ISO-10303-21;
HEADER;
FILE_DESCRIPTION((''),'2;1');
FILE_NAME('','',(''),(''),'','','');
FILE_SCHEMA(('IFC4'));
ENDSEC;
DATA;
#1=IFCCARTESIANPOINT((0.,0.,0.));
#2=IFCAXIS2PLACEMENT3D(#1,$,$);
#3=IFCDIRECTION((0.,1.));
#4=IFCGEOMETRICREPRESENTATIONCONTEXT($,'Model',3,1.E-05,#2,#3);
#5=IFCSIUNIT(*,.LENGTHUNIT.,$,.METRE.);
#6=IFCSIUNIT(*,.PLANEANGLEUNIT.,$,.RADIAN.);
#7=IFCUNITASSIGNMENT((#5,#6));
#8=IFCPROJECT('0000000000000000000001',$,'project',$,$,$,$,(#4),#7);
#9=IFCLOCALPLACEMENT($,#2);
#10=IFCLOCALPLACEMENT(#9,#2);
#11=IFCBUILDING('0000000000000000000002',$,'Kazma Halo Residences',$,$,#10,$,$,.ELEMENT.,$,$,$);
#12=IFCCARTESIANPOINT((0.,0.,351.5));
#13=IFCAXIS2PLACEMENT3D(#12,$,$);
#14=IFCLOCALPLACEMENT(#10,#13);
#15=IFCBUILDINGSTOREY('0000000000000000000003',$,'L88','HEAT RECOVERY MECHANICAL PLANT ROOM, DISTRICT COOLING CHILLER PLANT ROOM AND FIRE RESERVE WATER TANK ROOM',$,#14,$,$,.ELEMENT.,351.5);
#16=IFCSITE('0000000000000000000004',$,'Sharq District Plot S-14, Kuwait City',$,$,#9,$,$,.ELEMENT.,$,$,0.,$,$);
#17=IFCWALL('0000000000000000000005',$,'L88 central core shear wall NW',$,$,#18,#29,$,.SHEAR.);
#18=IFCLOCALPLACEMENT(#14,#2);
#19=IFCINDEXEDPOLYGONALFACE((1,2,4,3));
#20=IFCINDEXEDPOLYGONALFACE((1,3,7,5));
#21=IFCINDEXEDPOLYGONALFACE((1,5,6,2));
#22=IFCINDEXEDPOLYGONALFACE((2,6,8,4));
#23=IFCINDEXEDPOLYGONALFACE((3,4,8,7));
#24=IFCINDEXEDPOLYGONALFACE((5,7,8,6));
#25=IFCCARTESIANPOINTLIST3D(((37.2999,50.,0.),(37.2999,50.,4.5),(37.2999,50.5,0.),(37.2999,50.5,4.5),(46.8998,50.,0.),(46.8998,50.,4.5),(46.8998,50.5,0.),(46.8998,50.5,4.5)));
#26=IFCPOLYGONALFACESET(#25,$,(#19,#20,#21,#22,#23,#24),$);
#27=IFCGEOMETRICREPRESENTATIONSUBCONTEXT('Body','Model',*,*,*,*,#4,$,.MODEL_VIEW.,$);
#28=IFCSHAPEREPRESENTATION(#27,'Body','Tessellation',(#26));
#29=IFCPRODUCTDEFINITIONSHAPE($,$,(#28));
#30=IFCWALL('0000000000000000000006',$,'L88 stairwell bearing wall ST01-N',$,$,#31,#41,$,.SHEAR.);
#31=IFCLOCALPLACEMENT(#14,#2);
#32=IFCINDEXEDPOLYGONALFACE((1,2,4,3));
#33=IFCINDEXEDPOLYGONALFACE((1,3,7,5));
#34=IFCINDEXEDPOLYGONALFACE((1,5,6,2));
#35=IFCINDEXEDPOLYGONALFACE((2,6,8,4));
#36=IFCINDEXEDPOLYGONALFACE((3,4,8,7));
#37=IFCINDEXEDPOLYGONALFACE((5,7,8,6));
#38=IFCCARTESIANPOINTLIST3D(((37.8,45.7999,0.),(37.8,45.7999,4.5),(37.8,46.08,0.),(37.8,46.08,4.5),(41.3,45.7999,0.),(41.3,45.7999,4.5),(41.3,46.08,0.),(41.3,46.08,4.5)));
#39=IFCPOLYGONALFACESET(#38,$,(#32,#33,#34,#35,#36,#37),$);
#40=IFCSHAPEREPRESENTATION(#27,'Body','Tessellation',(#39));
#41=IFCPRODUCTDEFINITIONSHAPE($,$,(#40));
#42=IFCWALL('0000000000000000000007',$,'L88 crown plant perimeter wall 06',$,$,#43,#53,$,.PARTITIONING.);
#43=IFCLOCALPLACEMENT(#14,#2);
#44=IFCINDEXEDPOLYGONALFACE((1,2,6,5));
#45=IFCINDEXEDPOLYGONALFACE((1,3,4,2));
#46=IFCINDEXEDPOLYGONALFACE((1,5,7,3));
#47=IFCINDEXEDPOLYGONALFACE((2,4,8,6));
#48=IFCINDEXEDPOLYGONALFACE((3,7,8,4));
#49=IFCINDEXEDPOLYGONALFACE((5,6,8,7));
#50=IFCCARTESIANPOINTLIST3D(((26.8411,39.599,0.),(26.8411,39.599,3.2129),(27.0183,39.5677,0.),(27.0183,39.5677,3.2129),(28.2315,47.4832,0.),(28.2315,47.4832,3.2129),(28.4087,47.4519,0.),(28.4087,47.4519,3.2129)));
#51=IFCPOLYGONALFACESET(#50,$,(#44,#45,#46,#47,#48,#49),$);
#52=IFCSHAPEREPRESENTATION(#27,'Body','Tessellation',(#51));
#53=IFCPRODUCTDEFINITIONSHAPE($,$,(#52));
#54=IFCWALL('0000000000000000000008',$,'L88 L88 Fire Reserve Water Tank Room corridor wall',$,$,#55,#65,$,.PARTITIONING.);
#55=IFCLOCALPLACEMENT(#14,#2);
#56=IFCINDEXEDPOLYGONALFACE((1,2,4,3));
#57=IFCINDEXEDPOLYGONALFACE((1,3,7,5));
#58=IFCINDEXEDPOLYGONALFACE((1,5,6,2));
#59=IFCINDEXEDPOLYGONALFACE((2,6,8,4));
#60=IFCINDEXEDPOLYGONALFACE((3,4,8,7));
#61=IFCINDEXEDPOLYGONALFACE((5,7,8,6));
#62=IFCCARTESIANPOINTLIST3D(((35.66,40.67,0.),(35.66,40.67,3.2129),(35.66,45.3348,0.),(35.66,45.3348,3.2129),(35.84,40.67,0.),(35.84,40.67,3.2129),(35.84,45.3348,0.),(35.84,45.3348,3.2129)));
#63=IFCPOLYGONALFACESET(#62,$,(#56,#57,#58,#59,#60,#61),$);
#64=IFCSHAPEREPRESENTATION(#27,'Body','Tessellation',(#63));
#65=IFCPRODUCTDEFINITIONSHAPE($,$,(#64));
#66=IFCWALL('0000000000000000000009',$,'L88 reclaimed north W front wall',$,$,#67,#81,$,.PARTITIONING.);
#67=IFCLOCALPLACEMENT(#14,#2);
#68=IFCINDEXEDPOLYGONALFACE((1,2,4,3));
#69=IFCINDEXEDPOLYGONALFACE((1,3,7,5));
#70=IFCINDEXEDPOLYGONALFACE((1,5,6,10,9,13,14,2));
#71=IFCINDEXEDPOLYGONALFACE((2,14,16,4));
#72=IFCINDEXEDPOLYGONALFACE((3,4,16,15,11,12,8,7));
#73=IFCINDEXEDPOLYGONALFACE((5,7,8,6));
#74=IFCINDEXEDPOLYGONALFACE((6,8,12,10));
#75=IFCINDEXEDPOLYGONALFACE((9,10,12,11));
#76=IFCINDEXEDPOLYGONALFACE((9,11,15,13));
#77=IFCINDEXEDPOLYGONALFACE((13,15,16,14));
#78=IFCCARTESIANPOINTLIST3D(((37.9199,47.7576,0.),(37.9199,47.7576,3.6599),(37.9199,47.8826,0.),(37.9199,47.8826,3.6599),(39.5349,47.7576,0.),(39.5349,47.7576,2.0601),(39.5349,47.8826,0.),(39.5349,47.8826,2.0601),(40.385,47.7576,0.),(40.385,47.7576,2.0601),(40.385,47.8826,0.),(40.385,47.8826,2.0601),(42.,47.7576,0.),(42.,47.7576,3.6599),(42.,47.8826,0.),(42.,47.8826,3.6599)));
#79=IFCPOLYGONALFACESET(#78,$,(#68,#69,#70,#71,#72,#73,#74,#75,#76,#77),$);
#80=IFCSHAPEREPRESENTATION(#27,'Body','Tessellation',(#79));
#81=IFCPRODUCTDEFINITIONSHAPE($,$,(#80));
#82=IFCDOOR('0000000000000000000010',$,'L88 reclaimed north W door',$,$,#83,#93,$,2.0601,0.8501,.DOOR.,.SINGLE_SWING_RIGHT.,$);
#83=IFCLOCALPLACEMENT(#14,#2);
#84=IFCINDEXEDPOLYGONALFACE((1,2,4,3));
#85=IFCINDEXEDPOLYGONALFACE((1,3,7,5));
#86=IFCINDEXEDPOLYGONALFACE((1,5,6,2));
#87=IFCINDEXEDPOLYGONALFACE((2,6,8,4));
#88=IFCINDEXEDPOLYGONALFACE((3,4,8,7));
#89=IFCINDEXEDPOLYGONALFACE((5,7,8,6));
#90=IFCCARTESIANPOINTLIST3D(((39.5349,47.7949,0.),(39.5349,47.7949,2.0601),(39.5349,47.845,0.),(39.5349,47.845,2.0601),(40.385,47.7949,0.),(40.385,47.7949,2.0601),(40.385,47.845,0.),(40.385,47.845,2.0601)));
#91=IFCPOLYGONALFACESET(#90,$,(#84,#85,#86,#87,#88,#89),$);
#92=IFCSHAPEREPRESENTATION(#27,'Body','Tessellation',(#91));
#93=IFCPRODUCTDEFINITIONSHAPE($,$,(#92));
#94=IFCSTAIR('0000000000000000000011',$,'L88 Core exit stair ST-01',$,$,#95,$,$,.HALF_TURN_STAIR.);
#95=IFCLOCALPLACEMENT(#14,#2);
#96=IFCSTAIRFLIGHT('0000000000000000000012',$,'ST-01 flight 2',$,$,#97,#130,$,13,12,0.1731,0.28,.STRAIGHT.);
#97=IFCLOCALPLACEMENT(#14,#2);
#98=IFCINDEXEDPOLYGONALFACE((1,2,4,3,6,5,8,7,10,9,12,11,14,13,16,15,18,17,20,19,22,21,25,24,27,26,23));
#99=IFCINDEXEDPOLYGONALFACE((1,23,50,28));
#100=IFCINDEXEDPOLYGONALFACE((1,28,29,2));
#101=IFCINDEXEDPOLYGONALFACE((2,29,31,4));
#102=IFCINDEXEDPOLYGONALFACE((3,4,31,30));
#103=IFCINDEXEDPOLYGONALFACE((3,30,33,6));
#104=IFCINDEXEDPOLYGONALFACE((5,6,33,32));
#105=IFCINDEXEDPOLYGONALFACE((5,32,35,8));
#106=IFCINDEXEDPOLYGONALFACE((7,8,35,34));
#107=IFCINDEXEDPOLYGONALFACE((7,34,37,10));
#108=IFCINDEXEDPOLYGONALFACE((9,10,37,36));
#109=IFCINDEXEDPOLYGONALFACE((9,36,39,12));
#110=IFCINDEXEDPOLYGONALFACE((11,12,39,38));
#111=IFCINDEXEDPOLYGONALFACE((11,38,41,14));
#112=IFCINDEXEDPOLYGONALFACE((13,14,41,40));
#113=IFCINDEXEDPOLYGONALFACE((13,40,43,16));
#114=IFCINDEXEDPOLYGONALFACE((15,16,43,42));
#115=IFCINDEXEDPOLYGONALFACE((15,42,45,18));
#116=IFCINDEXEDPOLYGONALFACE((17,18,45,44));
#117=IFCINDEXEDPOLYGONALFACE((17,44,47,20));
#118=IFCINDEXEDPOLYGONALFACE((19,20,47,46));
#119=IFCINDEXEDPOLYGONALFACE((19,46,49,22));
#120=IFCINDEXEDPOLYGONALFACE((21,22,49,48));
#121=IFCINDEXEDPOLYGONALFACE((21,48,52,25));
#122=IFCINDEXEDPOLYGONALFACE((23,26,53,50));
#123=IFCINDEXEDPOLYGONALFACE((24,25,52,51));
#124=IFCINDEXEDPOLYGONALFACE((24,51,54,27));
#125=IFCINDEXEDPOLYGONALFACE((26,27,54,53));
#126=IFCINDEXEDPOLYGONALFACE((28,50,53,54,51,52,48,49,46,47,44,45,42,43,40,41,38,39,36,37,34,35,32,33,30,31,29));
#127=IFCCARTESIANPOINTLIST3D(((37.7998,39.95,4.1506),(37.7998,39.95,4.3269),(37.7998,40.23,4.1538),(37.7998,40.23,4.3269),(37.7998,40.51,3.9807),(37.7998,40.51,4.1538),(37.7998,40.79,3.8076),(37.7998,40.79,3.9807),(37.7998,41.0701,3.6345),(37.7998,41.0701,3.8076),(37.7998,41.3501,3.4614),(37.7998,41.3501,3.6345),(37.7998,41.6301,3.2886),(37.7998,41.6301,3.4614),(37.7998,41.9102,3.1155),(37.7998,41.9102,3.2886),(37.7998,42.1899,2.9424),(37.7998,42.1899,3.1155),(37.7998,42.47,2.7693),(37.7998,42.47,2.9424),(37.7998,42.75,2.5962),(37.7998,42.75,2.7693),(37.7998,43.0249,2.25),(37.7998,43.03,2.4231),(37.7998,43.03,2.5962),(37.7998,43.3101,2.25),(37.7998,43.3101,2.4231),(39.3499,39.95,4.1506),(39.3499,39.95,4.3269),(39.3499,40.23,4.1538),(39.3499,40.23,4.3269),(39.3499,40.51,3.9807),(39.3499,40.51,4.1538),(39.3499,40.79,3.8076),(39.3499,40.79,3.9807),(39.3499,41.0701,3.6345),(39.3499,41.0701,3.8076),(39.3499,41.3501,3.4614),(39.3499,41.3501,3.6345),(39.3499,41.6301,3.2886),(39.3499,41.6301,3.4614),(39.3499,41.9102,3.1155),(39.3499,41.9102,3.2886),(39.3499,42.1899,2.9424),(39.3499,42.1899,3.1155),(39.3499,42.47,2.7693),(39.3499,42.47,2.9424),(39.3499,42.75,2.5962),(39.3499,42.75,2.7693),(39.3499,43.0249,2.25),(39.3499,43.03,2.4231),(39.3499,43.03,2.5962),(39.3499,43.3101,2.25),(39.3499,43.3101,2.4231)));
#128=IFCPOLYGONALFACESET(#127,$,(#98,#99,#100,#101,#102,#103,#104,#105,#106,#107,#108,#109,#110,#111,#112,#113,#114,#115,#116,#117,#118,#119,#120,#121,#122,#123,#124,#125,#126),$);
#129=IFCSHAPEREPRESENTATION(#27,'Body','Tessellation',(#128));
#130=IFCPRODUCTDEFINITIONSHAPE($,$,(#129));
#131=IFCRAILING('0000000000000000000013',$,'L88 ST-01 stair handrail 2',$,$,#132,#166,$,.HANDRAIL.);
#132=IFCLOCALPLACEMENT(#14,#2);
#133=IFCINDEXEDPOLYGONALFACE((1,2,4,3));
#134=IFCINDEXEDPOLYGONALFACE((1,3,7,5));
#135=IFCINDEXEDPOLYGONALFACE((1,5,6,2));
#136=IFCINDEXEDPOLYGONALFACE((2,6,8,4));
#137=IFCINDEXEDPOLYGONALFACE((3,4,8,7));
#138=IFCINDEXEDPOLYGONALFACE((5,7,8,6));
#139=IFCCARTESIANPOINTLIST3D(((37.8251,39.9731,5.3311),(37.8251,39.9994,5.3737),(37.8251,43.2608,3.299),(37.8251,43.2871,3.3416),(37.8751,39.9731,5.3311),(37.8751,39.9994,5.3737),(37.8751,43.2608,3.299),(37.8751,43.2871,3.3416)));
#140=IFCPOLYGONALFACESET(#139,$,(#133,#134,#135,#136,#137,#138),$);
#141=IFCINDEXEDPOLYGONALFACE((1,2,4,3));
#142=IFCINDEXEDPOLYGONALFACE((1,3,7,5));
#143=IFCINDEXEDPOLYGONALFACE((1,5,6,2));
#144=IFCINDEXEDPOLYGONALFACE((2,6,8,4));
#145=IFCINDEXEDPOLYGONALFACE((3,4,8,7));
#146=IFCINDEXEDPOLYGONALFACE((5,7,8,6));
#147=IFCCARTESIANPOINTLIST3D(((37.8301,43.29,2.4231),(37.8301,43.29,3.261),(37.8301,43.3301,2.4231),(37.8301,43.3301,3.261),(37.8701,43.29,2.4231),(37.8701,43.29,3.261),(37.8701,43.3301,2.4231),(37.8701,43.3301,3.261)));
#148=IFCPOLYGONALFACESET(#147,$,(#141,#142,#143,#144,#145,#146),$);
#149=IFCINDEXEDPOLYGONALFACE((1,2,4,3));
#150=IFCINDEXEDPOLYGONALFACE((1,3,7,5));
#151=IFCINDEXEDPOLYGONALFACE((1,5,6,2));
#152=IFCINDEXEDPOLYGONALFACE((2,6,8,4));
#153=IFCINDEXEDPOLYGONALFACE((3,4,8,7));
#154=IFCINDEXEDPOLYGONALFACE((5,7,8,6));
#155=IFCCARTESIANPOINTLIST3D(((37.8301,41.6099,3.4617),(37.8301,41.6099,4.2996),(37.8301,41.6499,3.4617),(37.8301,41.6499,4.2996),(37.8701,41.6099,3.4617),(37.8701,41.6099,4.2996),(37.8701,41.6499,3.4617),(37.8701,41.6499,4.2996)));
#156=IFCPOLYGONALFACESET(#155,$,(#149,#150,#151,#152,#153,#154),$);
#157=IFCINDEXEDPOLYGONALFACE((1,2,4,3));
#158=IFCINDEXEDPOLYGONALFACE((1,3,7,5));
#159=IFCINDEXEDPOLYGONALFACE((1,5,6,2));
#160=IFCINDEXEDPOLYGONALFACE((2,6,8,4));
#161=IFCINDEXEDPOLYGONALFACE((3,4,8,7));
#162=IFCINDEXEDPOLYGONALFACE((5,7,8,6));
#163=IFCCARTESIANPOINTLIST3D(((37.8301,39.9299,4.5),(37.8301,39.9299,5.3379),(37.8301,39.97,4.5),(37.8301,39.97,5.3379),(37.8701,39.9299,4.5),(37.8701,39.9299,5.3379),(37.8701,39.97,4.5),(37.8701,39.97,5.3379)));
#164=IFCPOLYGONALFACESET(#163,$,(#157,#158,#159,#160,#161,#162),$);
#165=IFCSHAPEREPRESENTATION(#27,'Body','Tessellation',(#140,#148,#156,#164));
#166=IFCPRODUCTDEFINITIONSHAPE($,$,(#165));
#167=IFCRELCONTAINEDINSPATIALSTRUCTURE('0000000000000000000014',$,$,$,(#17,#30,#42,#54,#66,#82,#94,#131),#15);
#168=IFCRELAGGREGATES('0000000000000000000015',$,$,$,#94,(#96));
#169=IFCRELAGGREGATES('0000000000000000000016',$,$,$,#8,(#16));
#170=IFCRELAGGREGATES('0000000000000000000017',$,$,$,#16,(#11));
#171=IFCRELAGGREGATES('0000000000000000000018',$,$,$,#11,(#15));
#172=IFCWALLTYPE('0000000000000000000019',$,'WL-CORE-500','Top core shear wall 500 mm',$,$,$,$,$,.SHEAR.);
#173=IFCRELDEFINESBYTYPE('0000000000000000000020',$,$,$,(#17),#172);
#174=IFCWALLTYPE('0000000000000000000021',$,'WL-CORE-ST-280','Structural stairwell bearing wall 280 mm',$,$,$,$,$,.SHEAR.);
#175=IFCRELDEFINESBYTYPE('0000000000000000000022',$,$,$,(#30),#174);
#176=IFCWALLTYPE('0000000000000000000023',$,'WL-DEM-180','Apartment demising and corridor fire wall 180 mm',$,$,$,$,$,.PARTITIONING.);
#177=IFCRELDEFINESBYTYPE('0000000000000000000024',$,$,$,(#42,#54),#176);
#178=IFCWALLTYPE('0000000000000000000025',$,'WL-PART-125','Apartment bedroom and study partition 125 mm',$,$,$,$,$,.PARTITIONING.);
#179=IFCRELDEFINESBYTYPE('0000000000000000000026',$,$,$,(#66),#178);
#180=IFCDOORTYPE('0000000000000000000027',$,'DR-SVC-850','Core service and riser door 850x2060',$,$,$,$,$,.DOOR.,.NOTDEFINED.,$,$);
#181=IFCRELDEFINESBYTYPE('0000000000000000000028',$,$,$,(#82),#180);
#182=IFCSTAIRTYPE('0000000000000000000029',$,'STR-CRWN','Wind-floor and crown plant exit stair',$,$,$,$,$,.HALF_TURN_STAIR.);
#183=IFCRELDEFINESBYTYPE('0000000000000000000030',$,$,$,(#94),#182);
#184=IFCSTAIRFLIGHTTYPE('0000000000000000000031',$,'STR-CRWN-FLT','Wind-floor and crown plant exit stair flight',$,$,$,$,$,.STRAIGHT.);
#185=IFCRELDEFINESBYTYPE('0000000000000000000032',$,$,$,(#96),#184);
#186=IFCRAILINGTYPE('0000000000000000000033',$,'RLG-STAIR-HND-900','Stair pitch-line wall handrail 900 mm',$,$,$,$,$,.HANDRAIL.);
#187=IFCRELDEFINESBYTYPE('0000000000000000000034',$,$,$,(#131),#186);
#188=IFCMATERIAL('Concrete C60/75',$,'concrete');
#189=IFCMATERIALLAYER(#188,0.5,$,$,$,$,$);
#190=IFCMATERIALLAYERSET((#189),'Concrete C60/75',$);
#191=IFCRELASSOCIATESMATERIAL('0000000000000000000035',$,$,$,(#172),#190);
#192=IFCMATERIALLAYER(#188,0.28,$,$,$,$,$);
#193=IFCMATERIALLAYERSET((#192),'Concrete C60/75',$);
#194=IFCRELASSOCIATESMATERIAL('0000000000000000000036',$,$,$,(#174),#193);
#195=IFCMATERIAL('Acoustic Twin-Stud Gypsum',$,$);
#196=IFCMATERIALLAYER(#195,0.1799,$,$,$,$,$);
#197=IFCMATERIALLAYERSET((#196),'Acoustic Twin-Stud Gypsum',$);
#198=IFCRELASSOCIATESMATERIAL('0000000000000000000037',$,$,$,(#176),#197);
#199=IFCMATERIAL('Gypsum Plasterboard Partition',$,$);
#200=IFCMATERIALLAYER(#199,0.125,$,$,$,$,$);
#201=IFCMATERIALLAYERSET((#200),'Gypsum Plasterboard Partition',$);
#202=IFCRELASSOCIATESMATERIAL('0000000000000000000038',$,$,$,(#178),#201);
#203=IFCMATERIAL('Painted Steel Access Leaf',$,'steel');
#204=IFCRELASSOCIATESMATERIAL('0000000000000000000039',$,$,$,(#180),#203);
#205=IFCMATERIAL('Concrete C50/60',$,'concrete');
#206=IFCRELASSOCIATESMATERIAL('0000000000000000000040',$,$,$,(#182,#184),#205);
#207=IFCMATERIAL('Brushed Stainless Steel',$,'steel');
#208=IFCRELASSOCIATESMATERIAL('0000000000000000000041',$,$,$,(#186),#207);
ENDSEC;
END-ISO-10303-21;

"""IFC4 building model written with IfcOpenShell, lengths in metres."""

from ifc_helpers import new_model, si_unit, direction, frame, frame_2d, origin, origin_2d, place, context, subcontext, project, spatial, polyline, rectangle, outline, extrude, material, layer, layer_set, type_object, element, fill, aggregate, save


model = new_model("IFC4")

# Units and contexts
model_context = context("Model", 3, precision=1e-05, world=origin(), true_north=direction((0.0, 1.0)))
body_context = subcontext(model_context, "Body", "Model", "MODEL_VIEW")
ifc_project = project(units=[si_unit("LENGTHUNIT", "METRE"), si_unit("PLANEANGLEUNIT", "RADIAN")], contexts=[model_context])

# Site, building, storey
site_placement = place(None, origin())
site = spatial("IfcSite", under=ifc_project, at=site_placement, Name="Sharq District Plot S-14, Kuwait City", CompositionType="ELEMENT", RefElevation=0.0)
building_placement = place(site_placement, origin())
building = spatial("IfcBuilding", under=site, at=building_placement, Name="Kazma Halo Residences", CompositionType="ELEMENT")
storey_placement = place(building_placement, frame((0.0, 0.0, 351.5)))
storey = spatial("IfcBuildingStorey", under=building, at=storey_placement, Name="L88", Description="HEAT RECOVERY MECHANICAL PLANT ROOM, DISTRICT COOLING CHILLER PLANT ROOM AND FIRE RESERVE WATER TANK ROOM", CompositionType="ELEMENT", Elevation=351.5)

# Walls
ifc_material_1 = material(Name="Concrete C60/75", Category="concrete")
ifc_layer_1 = layer(ifc_material_1, 0.5)
ifc_layer_set_1 = layer_set([ifc_layer_1], Name="Concrete C60/75")
wall_type_1 = type_object("IfcWallType", Name="WL-CORE-500", Description="Top core shear wall 500 mm", PredefinedType="SHEAR", material=ifc_layer_set_1)
wall_1_placement = place(storey_placement, frame((37.3, 50.25, 0.0), z_axis=(0.0, 0.0, 1.0), x_axis=(1.0, 0.0, 0.0)))
element("IfcWall", 1, at=wall_1_placement, inside=storey, type_object=wall_type_1, Name="L88 central core shear wall NW", PredefinedType="SHEAR", context=body_context, shape_type="SweptSolid", body=[
    extrude(rectangle(XDim=9.5999, YDim=0.5, at=frame_2d((4.7998, 0.0))), origin(), (0.0, 0.0, 1.0), 4.5),
])
ifc_layer_2 = layer(ifc_material_1, 0.28)
ifc_layer_set_2 = layer_set([ifc_layer_2], Name="Concrete C60/75")
wall_type_2 = type_object("IfcWallType", Name="WL-CORE-ST-280", Description="Structural stairwell bearing wall 280 mm", PredefinedType="SHEAR", material=ifc_layer_set_2)
wall_2_placement = place(storey_placement, frame((37.8, 45.9399, 0.0), z_axis=(0.0, 0.0, 1.0), x_axis=(1.0, 0.0, 0.0)))
element("IfcWall", 2, at=wall_2_placement, inside=storey, type_object=wall_type_2, Name="L88 stairwell bearing wall ST01-N", PredefinedType="SHEAR", context=body_context, shape_type="SweptSolid", body=[
    extrude(rectangle(XDim=3.5, YDim=0.28, at=frame_2d((1.75, 0.0))), origin(), (0.0, 0.0, 1.0), 4.5),
])
ifc_material_2 = material(Name="Acoustic Twin-Stud Gypsum")
ifc_layer_3 = layer(ifc_material_2, 0.1799)
ifc_layer_set_3 = layer_set([ifc_layer_3], Name="Acoustic Twin-Stud Gypsum")
wall_type_3 = type_object("IfcWallType", Name="WL-DEM-180", Description="Apartment demising and corridor fire wall 180 mm", PredefinedType="PARTITIONING", material=ifc_layer_set_3)
wall_3_placement = place(storey_placement, frame((28.3201, 47.4675, 0.0), z_axis=(0.0, 0.0, 1.0), x_axis=(-0.173669, -0.984804, 0.0)))
element("IfcWall", 3, at=wall_3_placement, inside=storey, type_object=wall_type_3, Name="L88 crown plant perimeter wall 06", PredefinedType="PARTITIONING", context=body_context, shape_type="SweptSolid", body=[
    extrude(rectangle(XDim=8.0059, YDim=0.1799, at=frame_2d((4.0029, 0.0))), origin(), (0.0, 0.0, 1.0), 3.2129),
])
wall_4_placement = place(storey_placement, frame((35.75, 45.335, 0.0), z_axis=(0.0, 0.0, 1.0), x_axis=(0.0, -1.0, 0.0)))
element("IfcWall", 4, at=wall_4_placement, inside=storey, type_object=wall_type_3, Name="L88 L88 Fire Reserve Water Tank Room corridor wall", PredefinedType="PARTITIONING", context=body_context, shape_type="SweptSolid", body=[
    extrude(rectangle(XDim=4.6648, YDim=0.1799, at=frame_2d((2.3325, 0.0))), origin(), (0.0, 0.0, 1.0), 3.2129),
])

# Wall, opening, door
ifc_material_3 = material(Name="Gypsum Plasterboard Partition")
ifc_layer_4 = layer(ifc_material_3, 0.125)
ifc_layer_set_4 = layer_set([ifc_layer_4], Name="Gypsum Plasterboard Partition")
wall_type_4 = type_object("IfcWallType", Name="WL-PART-125", Description="Apartment bedroom and study partition 125 mm", PredefinedType="PARTITIONING", material=ifc_layer_set_4)
wall_5_placement = place(storey_placement, frame((37.9199, 47.8201, 0.0), z_axis=(0.0, 0.0, 1.0), x_axis=(1.0, 0.0, 0.0)))
wall_5 = element("IfcWall", 5, at=wall_5_placement, inside=storey, type_object=wall_type_4, Name="L88 reclaimed north W front wall", PredefinedType="PARTITIONING", context=body_context, shape_type="SweptSolid", body=[
    extrude(rectangle(XDim=4.0801, YDim=0.125, at=frame_2d((2.04, 0.0))), origin(), (0.0, 0.0, 1.0), 3.6599),
])
opening_placement = place(wall_5_placement, frame((1.615, 0.0, 0.0)))
opening = element("IfcOpeningElement", 6, at=opening_placement, cuts=wall_5, PredefinedType="OPENING", context=body_context, shape_type="SweptSolid", body=[
    extrude(rectangle(XDim=0.8501, YDim=2.0601, at=frame_2d((0.425, 1.03))), frame((0.0, 0.0725, 0.0), z_axis=(0.0, -1.0, 0.0), x_axis=(1.0, 0.0, 0.0)), (0.0, 0.0, 1.0), 0.145),
])
ifc_material_4 = material(Name="Painted Steel Access Leaf", Category="steel")
door_type = type_object("IfcDoorType", Name="DR-SVC-850", Description="Core service and riser door 850x2060", OperationType="NOTDEFINED", PredefinedType="DOOR", material=ifc_material_4)
door_placement = place(opening_placement, origin())
door = element("IfcDoor", 7, at=door_placement, inside=storey, type_object=door_type, Name="L88 reclaimed north W door", OperationType="SINGLE_SWING_RIGHT", OverallHeight=2.0601, OverallWidth=0.8501, PredefinedType="DOOR", context=body_context, shape_type="SweptSolid", body=[
    extrude(rectangle(XDim=0.8501, YDim=2.0601, at=frame_2d((0.425, 1.03))), frame((0.0, 0.0249, 0.0), z_axis=(0.0, -1.0, 0.0), x_axis=(1.0, 0.0, 0.0)), (0.0, 0.0, 1.0), 0.05),
])
fill(opening, door)

# Stair, stair flight
ifc_material_5 = material(Name="Concrete C50/60", Category="concrete")
stair_type = type_object("IfcStairType", Name="STR-CRWN", Description="Wind-floor and crown plant exit stair", PredefinedType="HALF_TURN_STAIR", material=ifc_material_5)
stair_placement = place(storey_placement, origin())
stair = element("IfcStair", 8, at=stair_placement, inside=storey, type_object=stair_type, Name="L88 Core exit stair ST-01", PredefinedType="HALF_TURN_STAIR")
stair_flight_type = type_object("IfcStairFlightType", Name="STR-CRWN-FLT", Description="Wind-floor and crown plant exit stair flight", PredefinedType="STRAIGHT", material=ifc_material_5)
stair_flight_placement = place(storey_placement, frame((38.575, 43.3101, 2.25), z_axis=(0.0, 0.0, 1.0), x_axis=(0.0, -1.0, 0.0)))
stair_flight = element("IfcStairFlight", 9, at=stair_flight_placement, type_object=stair_flight_type, Name="ST-01 flight 2", NumberOfRisers=13, NumberOfTreads=12, PredefinedType="STRAIGHT", RiserHeight=0.1731, TreadLength=0.28, context=body_context, shape_type="SweptSolid", body=[
    extrude(outline(polyline([(0.0, 0.0), (0.0, 0.1731), (0.28, 0.1731), (0.28, 0.3462), (0.5601, 0.3462), (0.5601, 0.5193), (0.8401, 0.5193), (0.8401, 0.6924), (1.1201, 0.6924), (1.1201, 0.8655), (1.3999, 0.8655), (1.3999, 1.0386), (1.6799, 1.0386), (1.6799, 1.2114), (1.96, 1.2114), (1.96, 1.3845), (2.24, 1.3845), (2.24, 1.5576), (2.52, 1.5576), (2.52, 1.7307), (2.8, 1.7307), (2.8, 1.9038), (3.0801, 1.9038), (3.0801, 2.0769), (3.3601, 2.0769), (3.3601, 2.25), (3.3601, 1.9006), (0.2852, 0.0), (0.0, 0.0)])), frame((0.0, 0.7749, 0.0), z_axis=(0.0, -1.0, 0.0), x_axis=(1.0, 0.0, 0.0)), (0.0, 0.0, 1.0), 1.55),
])
aggregate(stair, [stair_flight])

# Railing
ifc_material_6 = material(Name="Brushed Stainless Steel", Category="steel")
railing_type = type_object("IfcRailingType", Name="RLG-STAIR-HND-900", Description="Stair pitch-line wall handrail 900 mm", PredefinedType="HANDRAIL", material=ifc_material_6)
railing_placement = place(storey_placement, frame((37.8501, 43.3101, 2.4231)))
element("IfcRailing", 10, at=railing_placement, inside=storey, type_object=railing_type, Name="L88 ST-01 stair handrail 2", PredefinedType="HANDRAIL", context=body_context, shape_type="SweptSolid", body=[
    extrude(rectangle(XDim=0.05, YDim=0.05, at=origin_2d()), frame((0.0, -0.0361, 0.8972), z_axis=(0.0, -0.850623, 0.525776), x_axis=(1.0, 0.0, 0.0)), (0.0, 0.0, 1.0), 3.865),
    extrude(rectangle(XDim=0.04, YDim=0.04, at=origin_2d()), origin(), (0.0, 0.0, 1.0), 0.8379),
    extrude(rectangle(XDim=0.04, YDim=0.04, at=origin_2d()), frame((0.0, -1.6802, 1.0386)), (0.0, 0.0, 1.0), 0.8379),
    extrude(rectangle(XDim=0.04, YDim=0.04, at=origin_2d()), frame((0.0, -3.3601, 2.0769)), (0.0, 0.0, 1.0), 0.8379),
])

save(model, "model.ifc")
